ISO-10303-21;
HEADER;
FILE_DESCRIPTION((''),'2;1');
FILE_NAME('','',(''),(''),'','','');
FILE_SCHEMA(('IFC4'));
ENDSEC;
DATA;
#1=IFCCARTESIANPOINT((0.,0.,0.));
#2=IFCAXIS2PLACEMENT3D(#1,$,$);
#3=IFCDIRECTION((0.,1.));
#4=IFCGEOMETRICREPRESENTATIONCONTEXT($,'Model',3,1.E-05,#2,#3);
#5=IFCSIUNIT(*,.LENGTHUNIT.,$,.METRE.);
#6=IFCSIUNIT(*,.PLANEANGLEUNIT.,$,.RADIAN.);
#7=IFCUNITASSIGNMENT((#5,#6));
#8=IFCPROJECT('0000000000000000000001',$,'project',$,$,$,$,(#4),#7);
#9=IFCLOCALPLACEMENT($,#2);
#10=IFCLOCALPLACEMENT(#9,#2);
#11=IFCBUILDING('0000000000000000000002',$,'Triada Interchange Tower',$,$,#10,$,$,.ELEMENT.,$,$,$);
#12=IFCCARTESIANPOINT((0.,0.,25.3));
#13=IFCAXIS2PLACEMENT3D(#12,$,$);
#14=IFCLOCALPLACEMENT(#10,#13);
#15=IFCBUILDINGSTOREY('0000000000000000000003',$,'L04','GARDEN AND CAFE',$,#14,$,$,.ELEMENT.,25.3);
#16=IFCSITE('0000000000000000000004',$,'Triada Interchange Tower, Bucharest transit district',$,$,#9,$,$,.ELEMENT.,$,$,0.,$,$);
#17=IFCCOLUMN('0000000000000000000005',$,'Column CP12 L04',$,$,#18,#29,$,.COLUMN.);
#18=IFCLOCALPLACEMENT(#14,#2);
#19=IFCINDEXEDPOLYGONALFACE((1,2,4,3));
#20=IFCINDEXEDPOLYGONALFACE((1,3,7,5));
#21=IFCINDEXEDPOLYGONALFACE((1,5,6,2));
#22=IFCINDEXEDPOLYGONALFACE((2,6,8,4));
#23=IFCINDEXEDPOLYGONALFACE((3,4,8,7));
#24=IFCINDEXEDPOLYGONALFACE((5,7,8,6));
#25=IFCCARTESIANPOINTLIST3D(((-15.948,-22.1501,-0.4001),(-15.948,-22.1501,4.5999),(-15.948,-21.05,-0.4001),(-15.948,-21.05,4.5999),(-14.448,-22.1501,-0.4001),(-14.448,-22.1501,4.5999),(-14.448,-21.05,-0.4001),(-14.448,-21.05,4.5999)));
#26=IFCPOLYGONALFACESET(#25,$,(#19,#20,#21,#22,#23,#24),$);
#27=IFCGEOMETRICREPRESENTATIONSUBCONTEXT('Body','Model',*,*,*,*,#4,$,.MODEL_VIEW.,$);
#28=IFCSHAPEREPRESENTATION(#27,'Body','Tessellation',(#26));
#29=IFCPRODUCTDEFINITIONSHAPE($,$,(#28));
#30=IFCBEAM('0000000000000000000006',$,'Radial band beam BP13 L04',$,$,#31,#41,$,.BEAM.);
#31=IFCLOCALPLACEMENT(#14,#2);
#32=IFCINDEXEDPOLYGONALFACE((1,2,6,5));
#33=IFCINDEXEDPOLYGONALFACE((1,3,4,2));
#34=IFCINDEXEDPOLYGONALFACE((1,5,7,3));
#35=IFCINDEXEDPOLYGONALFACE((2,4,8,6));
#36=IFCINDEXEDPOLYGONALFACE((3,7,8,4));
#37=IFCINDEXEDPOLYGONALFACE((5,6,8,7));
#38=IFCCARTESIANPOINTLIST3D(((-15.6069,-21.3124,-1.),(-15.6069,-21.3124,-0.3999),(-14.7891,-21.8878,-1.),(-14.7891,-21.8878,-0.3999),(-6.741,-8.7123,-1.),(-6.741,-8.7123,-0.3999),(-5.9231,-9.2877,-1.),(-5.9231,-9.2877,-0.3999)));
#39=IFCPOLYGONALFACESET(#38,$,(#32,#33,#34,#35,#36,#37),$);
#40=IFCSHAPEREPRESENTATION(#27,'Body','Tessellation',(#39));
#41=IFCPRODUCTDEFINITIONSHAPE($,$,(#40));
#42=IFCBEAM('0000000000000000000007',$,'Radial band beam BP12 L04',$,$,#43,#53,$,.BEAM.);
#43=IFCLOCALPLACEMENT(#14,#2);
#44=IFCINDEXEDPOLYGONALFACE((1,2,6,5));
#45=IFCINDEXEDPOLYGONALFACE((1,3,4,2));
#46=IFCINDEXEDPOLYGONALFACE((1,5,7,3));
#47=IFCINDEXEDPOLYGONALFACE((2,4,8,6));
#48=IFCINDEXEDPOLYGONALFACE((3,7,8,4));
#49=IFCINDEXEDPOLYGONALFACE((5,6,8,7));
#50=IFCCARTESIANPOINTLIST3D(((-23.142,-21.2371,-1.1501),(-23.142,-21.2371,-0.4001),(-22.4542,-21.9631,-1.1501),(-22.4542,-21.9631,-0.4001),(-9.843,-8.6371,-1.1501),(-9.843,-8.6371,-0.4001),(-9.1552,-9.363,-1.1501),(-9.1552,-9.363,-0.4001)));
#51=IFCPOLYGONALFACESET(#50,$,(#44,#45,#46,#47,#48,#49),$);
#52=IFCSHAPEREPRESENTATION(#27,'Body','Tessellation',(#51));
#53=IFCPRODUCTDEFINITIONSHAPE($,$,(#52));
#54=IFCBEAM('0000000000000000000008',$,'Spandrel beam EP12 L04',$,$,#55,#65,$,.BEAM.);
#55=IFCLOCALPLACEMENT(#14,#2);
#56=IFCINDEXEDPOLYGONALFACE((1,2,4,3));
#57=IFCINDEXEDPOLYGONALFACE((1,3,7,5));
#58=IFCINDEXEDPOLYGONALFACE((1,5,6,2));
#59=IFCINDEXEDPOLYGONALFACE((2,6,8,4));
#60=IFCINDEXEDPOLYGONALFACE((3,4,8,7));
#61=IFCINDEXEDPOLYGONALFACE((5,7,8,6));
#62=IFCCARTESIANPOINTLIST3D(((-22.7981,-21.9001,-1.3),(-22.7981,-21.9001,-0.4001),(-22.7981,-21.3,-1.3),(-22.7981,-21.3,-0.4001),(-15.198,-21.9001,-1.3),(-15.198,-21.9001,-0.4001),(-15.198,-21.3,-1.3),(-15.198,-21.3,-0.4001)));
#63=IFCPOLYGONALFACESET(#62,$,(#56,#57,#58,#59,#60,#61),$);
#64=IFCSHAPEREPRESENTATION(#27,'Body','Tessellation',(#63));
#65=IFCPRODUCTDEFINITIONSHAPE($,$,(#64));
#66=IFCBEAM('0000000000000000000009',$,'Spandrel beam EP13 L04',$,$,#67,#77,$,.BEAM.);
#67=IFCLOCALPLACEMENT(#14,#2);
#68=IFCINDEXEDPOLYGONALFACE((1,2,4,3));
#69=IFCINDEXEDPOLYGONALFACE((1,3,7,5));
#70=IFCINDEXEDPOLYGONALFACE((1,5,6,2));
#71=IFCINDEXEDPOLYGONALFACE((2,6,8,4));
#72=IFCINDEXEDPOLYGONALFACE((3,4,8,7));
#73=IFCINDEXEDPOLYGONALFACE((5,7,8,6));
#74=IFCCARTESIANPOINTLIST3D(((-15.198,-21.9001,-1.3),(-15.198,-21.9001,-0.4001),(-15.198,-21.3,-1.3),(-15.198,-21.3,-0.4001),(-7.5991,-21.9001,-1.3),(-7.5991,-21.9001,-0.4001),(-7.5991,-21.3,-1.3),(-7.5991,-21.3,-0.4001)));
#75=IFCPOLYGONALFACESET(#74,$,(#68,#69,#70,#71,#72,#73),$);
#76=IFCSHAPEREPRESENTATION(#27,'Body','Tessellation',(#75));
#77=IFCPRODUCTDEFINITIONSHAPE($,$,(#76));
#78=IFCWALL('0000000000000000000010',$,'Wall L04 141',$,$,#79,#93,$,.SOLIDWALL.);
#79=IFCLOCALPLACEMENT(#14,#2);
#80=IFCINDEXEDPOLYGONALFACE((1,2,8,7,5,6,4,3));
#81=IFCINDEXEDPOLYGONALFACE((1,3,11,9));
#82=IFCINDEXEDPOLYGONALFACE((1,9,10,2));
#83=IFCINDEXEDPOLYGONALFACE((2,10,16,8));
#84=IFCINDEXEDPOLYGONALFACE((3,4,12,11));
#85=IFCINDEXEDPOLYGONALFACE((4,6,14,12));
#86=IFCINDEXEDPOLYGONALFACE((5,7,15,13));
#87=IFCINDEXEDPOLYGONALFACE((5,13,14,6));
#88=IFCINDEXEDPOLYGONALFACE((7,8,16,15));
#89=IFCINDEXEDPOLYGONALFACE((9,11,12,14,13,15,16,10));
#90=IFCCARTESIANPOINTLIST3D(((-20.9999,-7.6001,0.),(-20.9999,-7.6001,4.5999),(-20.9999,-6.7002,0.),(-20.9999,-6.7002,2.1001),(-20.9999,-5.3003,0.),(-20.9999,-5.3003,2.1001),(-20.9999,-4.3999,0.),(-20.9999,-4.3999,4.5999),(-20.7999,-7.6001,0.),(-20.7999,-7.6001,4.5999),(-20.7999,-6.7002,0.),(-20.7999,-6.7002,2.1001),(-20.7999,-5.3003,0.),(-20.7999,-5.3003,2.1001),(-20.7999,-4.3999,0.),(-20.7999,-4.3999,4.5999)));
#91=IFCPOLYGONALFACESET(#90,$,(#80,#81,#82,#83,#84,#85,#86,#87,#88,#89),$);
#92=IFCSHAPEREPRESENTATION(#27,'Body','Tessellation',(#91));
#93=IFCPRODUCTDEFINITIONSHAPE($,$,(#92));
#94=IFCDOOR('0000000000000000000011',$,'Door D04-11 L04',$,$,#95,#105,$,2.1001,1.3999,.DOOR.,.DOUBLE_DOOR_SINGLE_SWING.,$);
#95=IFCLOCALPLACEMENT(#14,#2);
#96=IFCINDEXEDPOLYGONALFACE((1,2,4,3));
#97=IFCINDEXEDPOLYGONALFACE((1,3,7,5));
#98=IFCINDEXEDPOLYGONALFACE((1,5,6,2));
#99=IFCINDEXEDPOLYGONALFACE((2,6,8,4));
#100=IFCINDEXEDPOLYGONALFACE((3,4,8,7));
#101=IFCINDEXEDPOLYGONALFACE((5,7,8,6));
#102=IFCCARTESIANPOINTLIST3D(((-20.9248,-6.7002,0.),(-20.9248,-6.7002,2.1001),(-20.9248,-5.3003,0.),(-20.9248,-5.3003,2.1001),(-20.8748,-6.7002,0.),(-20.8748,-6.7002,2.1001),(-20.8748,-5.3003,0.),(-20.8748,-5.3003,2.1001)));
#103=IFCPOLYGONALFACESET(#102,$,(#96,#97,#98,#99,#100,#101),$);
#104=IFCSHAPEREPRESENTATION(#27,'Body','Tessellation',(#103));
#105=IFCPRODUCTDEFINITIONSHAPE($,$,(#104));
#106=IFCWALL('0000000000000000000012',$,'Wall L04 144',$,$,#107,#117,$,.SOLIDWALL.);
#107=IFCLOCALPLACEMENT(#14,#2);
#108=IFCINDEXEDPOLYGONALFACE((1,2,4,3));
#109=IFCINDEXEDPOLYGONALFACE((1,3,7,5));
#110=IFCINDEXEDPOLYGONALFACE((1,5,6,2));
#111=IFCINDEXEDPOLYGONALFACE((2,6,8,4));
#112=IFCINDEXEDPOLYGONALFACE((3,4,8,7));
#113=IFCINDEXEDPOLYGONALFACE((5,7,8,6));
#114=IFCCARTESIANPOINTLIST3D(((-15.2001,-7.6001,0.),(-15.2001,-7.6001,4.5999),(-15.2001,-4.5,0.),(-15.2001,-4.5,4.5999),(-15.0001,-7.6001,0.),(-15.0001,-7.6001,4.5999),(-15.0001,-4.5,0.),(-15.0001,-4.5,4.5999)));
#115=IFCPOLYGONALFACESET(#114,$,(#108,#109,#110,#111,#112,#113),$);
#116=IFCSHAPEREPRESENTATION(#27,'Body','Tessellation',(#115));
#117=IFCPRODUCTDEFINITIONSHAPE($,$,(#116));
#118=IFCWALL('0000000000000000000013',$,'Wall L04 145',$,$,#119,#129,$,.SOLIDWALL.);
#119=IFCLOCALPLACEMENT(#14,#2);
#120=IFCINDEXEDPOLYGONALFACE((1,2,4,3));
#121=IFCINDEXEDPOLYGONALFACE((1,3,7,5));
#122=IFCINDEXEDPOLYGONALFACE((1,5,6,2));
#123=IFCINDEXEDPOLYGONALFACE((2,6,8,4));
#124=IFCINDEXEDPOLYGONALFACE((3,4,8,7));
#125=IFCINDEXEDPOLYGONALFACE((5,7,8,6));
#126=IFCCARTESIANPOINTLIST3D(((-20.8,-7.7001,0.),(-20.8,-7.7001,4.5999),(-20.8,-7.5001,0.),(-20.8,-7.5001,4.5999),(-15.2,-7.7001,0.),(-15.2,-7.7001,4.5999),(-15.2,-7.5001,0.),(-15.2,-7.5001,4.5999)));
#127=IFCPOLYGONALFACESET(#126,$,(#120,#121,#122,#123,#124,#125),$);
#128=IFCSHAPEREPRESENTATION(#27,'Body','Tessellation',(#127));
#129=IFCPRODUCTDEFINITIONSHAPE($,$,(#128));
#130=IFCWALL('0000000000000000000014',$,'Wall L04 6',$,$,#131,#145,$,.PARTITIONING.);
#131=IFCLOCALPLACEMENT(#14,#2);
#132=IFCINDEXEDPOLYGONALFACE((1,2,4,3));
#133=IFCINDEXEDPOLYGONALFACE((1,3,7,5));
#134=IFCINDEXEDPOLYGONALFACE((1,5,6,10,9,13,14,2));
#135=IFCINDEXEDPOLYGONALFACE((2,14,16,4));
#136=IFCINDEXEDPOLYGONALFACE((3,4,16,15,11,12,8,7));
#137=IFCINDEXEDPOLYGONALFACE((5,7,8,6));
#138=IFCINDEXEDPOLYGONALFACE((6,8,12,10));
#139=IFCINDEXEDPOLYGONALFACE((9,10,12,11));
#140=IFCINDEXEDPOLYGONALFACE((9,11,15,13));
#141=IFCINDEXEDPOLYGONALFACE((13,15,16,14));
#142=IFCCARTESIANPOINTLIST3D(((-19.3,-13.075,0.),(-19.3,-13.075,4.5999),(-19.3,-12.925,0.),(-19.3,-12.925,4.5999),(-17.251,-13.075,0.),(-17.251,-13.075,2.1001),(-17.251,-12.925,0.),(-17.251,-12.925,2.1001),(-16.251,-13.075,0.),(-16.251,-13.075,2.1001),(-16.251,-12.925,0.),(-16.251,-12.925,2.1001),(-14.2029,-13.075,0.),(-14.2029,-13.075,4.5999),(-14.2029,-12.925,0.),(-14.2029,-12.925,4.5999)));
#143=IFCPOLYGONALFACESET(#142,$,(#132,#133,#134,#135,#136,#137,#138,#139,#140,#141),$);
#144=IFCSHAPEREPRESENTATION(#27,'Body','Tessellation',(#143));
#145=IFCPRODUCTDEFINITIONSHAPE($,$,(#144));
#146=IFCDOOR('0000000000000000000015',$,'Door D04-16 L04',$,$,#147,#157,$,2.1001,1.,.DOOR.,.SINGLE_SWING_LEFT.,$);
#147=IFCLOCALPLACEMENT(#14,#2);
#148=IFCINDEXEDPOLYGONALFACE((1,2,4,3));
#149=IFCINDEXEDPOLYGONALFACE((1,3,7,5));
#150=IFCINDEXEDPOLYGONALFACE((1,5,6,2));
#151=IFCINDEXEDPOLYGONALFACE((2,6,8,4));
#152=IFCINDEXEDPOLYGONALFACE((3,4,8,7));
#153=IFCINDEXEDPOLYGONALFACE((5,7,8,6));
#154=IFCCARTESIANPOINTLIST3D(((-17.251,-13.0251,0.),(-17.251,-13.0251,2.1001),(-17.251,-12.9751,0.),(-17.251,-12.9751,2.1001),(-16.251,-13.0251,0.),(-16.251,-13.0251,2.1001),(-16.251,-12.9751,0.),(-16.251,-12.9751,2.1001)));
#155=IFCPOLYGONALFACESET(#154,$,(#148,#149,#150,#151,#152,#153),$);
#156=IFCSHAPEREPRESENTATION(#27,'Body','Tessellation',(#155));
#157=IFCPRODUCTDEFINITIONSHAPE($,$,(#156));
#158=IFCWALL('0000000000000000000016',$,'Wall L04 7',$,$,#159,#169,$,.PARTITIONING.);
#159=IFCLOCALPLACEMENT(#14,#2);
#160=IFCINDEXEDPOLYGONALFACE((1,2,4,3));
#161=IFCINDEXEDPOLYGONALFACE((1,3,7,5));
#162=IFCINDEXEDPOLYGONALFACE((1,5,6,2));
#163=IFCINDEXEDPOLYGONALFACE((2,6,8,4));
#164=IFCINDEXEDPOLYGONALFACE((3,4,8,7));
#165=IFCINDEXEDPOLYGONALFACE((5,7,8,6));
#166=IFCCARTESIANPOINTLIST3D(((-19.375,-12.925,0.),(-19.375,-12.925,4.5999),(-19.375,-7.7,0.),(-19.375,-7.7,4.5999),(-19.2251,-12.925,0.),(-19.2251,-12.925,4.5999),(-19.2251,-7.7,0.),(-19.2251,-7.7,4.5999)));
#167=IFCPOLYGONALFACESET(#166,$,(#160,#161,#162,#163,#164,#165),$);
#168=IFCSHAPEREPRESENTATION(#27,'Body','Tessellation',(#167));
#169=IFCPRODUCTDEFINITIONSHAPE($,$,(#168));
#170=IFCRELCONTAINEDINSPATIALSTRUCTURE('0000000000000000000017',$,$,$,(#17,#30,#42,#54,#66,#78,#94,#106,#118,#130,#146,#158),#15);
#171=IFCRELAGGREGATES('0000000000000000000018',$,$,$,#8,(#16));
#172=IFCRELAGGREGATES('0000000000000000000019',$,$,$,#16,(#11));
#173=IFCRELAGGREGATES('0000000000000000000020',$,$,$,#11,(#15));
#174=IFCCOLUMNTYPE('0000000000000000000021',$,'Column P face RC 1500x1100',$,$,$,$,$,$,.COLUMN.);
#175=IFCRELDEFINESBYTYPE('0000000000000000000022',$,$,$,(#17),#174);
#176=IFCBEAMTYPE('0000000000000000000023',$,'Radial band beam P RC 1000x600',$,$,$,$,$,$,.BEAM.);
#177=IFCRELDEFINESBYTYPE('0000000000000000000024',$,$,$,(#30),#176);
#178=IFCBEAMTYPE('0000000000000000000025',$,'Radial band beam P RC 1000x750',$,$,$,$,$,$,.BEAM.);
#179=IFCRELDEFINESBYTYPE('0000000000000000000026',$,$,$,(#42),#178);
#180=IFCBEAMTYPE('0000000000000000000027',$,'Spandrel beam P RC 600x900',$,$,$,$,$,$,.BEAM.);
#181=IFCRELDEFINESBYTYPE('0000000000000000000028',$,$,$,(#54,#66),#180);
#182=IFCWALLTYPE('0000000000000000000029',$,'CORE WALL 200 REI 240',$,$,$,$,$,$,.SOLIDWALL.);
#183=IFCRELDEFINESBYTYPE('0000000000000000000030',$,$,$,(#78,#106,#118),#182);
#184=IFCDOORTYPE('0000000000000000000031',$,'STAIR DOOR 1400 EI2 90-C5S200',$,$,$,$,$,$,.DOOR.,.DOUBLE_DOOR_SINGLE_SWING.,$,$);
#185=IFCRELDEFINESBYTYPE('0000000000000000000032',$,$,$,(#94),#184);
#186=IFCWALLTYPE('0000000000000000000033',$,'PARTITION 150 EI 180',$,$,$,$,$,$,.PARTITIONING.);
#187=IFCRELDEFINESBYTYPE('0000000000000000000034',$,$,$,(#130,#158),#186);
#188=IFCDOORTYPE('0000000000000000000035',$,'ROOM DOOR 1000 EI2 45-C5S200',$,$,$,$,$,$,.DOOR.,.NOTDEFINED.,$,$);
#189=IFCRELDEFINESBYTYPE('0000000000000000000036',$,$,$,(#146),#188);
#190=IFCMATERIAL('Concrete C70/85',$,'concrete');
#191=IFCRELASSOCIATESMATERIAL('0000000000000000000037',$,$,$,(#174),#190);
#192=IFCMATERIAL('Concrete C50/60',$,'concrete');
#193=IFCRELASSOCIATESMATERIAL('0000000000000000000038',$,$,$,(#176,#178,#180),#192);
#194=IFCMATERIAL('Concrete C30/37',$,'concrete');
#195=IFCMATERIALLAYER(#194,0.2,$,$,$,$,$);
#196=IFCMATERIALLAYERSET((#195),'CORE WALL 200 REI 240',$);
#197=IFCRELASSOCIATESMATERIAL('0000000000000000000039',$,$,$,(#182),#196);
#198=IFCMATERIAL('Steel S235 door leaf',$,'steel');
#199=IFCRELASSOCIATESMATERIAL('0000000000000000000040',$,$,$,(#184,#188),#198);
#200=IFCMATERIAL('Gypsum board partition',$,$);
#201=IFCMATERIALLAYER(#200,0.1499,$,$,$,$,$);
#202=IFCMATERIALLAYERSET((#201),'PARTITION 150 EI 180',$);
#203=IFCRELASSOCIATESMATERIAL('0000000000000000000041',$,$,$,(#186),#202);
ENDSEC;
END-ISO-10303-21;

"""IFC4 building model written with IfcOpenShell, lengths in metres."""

from ifc_helpers import new_model, si_unit, direction, frame, frame_2d, origin, origin_2d, place, context, subcontext, project, spatial, rectangle, extrude, material, layer, layer_set, material_profile, profile_set, type_object, element, fill, save


model = new_model("IFC4")

# Units and contexts
model_context = context("Model", 3, precision=1e-05, world=origin(), true_north=direction((0.0, 1.0)))
body_context = subcontext(model_context, "Body", "Model", "MODEL_VIEW")
ifc_project = project(units=[si_unit("LENGTHUNIT", "METRE"), si_unit("PLANEANGLEUNIT", "RADIAN")], contexts=[model_context])

# Site, building, storey
site_placement = place(None, origin())
site = spatial("IfcSite", under=ifc_project, at=site_placement, Name="Triada Interchange Tower, Bucharest transit district", CompositionType="ELEMENT", RefElevation=0.0)
building_placement = place(site_placement, origin())
building = spatial("IfcBuilding", under=site, at=building_placement, Name="Triada Interchange Tower", CompositionType="ELEMENT")
storey_placement = place(building_placement, frame((0.0, 0.0, 25.3)))
storey = spatial("IfcBuildingStorey", under=building, at=storey_placement, Name="L04", Description="GARDEN AND CAFE", CompositionType="ELEMENT", Elevation=25.3)

# Column
ifc_material_1 = material(Name="Concrete C70/85", Category="concrete")
ifc_material_profile_1 = material_profile(ifc_material_1, rectangle(XDim=1.5, YDim=1.1001, at=origin_2d()), Name="RC 1500x1100")
ifc_profile_set_1 = profile_set([ifc_material_profile_1], Name="Concrete C70/85")
column_type = type_object("IfcColumnType", Name="Column P face RC 1500x1100", PredefinedType="COLUMN", material=ifc_profile_set_1)
column_placement = place(storey_placement, frame((-15.198, -21.6001, -0.4001), z_axis=(0.0, 0.0, 1.0), x_axis=(1.0, 0.0, 0.0)))
element("IfcColumn", 1, at=column_placement, inside=storey, type_object=column_type, Name="Column CP12 L04", PredefinedType="COLUMN", context=body_context, shape_type="SweptSolid", body=[
    extrude(rectangle(XDim=1.5, YDim=1.1001, at=origin_2d()), origin(), (0.0, 0.0, 1.0), 5.0),
])

# Beams
ifc_material_2 = material(Name="Concrete C50/60", Category="concrete")
ifc_material_profile_2 = material_profile(ifc_material_2, rectangle(XDim=1.0, YDim=0.6001, at=origin_2d()), Name="RC 1000x600")
ifc_profile_set_2 = profile_set([ifc_material_profile_2], Name="Concrete C50/60")
beam_type_1 = type_object("IfcBeamType", Name="Radial band beam P RC 1000x600", PredefinedType="BEAM", material=ifc_profile_set_2)
beam_1_placement = place(storey_placement, frame((-15.198, -21.6001, -0.7), z_axis=(0.57546, 0.81783, 0.0), x_axis=(-0.81783, 0.57546, 0.0)))
element("IfcBeam", 2, at=beam_1_placement, inside=storey, type_object=beam_type_1, Name="Radial band beam BP13 L04", PredefinedType="BEAM", context=body_context, shape_type="SweptSolid", body=[
    extrude(rectangle(XDim=1.0, YDim=0.6001, at=origin_2d()), origin(), (0.0, 0.0, 1.0), 15.4067),
])
ifc_material_profile_3 = material_profile(ifc_material_2, rectangle(XDim=1.0, YDim=0.75, at=origin_2d()), Name="RC 1000x750")
ifc_profile_set_3 = profile_set([ifc_material_profile_3], Name="Concrete C50/60")
beam_type_2 = type_object("IfcBeamType", Name="Radial band beam P RC 1000x750", PredefinedType="BEAM", material=ifc_profile_set_3)
beam_2_placement = place(storey_placement, frame((-22.7981, -21.6001, -0.7751), z_axis=(0.725926, 0.687773, 0.0), x_axis=(-0.687773, 0.725926, 0.0)))
element("IfcBeam", 3, at=beam_2_placement, inside=storey, type_object=beam_type_2, Name="Radial band beam BP12 L04", PredefinedType="BEAM", context=body_context, shape_type="SweptSolid", body=[
    extrude(rectangle(XDim=1.0, YDim=0.75, at=origin_2d()), origin(), (0.0, 0.0, 1.0), 18.3201),
])
ifc_material_profile_4 = material_profile(ifc_material_2, rectangle(XDim=0.6001, YDim=0.8999, at=origin_2d()), Name="RC 600x900")
ifc_profile_set_4 = profile_set([ifc_material_profile_4], Name="Concrete C50/60")
beam_type_3 = type_object("IfcBeamType", Name="Spandrel beam P RC 600x900", PredefinedType="BEAM", material=ifc_profile_set_4)
beam_3_placement = place(storey_placement, frame((-22.7981, -21.6001, -0.8501), z_axis=(1.0, 0.0, 0.0), x_axis=(0.0, 1.0, 0.0)))
element("IfcBeam", 4, at=beam_3_placement, inside=storey, type_object=beam_type_3, Name="Spandrel beam EP12 L04", PredefinedType="BEAM", context=body_context, shape_type="SweptSolid", body=[
    extrude(rectangle(XDim=0.6001, YDim=0.8999, at=origin_2d()), origin(), (0.0, 0.0, 1.0), 7.6001),
])
beam_4_placement = place(storey_placement, frame((-15.198, -21.6001, -0.8501), z_axis=(1.0, 0.0, 0.0), x_axis=(0.0, 1.0, 0.0)))
element("IfcBeam", 5, at=beam_4_placement, inside=storey, type_object=beam_type_3, Name="Spandrel beam EP13 L04", PredefinedType="BEAM", context=body_context, shape_type="SweptSolid", body=[
    extrude(rectangle(XDim=0.6001, YDim=0.8999, at=origin_2d()), origin(), (0.0, 0.0, 1.0), 7.5989),
])

# Wall, opening, door
ifc_material_3 = material(Name="Concrete C30/37", Category="concrete")
ifc_layer_1 = layer(ifc_material_3, 0.2)
ifc_layer_set_1 = layer_set([ifc_layer_1], Name="CORE WALL 200 REI 240")
wall_type_1 = type_object("IfcWallType", Name="CORE WALL 200 REI 240", PredefinedType="SOLIDWALL", material=ifc_layer_set_1)
wall_1_placement = place(storey_placement, frame((-20.8999, -7.6001, 0.0), z_axis=(0.0, 0.0, 1.0), x_axis=(0.0, 1.0, 0.0)))
wall_1 = element("IfcWall", 6, at=wall_1_placement, inside=storey, type_object=wall_type_1, Name="Wall L04 141", PredefinedType="SOLIDWALL", context=body_context, shape_type="SweptSolid", body=[
    extrude(rectangle(XDim=3.2002, YDim=0.2, at=frame_2d((1.6001, 0.0))), origin(), (0.0, 0.0, 1.0), 4.5999),
])
opening_1_placement = place(wall_1_placement, frame((0.8999, 0.0, 0.0)))
opening_1 = element("IfcOpeningElement", 7, at=opening_1_placement, cuts=wall_1, PredefinedType="OPENING", context=body_context, shape_type="SweptSolid", body=[
    extrude(rectangle(XDim=1.3999, YDim=2.1001, at=frame_2d((0.7, 1.05))), frame((0.0, 0.1099, 0.0), z_axis=(0.0, -1.0, 0.0), x_axis=(1.0, 0.0, 0.0)), (0.0, 0.0, 1.0), 0.22),
])
ifc_material_4 = material(Name="Steel S235 door leaf", Category="steel")
door_type_1 = type_object("IfcDoorType", Name="STAIR DOOR 1400 EI2 90-C5S200", OperationType="DOUBLE_DOOR_SINGLE_SWING", PredefinedType="DOOR", material=ifc_material_4)
door_1_placement = place(opening_1_placement, origin())
door_1 = element("IfcDoor", 8, at=door_1_placement, inside=storey, type_object=door_type_1, Name="Door D04-11 L04", OperationType="DOUBLE_DOOR_SINGLE_SWING", OverallHeight=2.1001, OverallWidth=1.3999, PredefinedType="DOOR", context=body_context, shape_type="SweptSolid", body=[
    extrude(rectangle(XDim=1.3999, YDim=2.1001, at=frame_2d((0.7, 1.05))), frame((0.0, 0.0249, 0.0), z_axis=(0.0, -1.0, 0.0), x_axis=(1.0, 0.0, 0.0)), (0.0, 0.0, 1.0), 0.05),
])
fill(opening_1, door_1)

# Walls
wall_2_placement = place(storey_placement, frame((-15.1001, -7.6001, 0.0), z_axis=(0.0, 0.0, 1.0), x_axis=(0.0, 1.0, 0.0)))
element("IfcWall", 9, at=wall_2_placement, inside=storey, type_object=wall_type_1, Name="Wall L04 144", PredefinedType="SOLIDWALL", context=body_context, shape_type="SweptSolid", body=[
    extrude(rectangle(XDim=3.1001, YDim=0.2, at=frame_2d((1.55, 0.0))), origin(), (0.0, 0.0, 1.0), 4.5999),
])
wall_3_placement = place(storey_placement, frame((-20.8, -7.6001, 0.0), z_axis=(0.0, 0.0, 1.0), x_axis=(1.0, 0.0, 0.0)))
element("IfcWall", 10, at=wall_3_placement, inside=storey, type_object=wall_type_1, Name="Wall L04 145", PredefinedType="SOLIDWALL", context=body_context, shape_type="SweptSolid", body=[
    extrude(rectangle(XDim=5.6001, YDim=0.2, at=frame_2d((2.8, 0.0))), origin(), (0.0, 0.0, 1.0), 4.5999),
])

# Wall, opening, door
ifc_material_5 = material(Name="Gypsum board partition")
ifc_layer_2 = layer(ifc_material_5, 0.1499)
ifc_layer_set_2 = layer_set([ifc_layer_2], Name="PARTITION 150 EI 180")
wall_type_2 = type_object("IfcWallType", Name="PARTITION 150 EI 180", PredefinedType="PARTITIONING", material=ifc_layer_set_2)
wall_4_placement = place(storey_placement, frame((-19.3, -13.0, 0.0), z_axis=(0.0, 0.0, 1.0), x_axis=(1.0, 0.0, 0.0)))
wall_4 = element("IfcWall", 11, at=wall_4_placement, inside=storey, type_object=wall_type_2, Name="Wall L04 6", PredefinedType="PARTITIONING", context=body_context, shape_type="SweptSolid", body=[
    extrude(rectangle(XDim=5.0972, YDim=0.1499, at=frame_2d((2.5486, 0.0))), origin(), (0.0, 0.0, 1.0), 4.5999),
])
opening_2_placement = place(wall_4_placement, frame((2.0491, 0.0, 0.0)))
opening_2 = element("IfcOpeningElement", 12, at=opening_2_placement, cuts=wall_4, PredefinedType="OPENING", context=body_context, shape_type="SweptSolid", body=[
    extrude(rectangle(XDim=1.0, YDim=2.1001, at=frame_2d((0.5, 1.05))), frame((0.0, 0.085, 0.0), z_axis=(0.0, -1.0, 0.0), x_axis=(1.0, 0.0, 0.0)), (0.0, 0.0, 1.0), 0.1699),
])
door_type_2 = type_object("IfcDoorType", Name="ROOM DOOR 1000 EI2 45-C5S200", OperationType="NOTDEFINED", PredefinedType="DOOR", material=ifc_material_4)
door_2_placement = place(opening_2_placement, origin())
door_2 = element("IfcDoor", 13, at=door_2_placement, inside=storey, type_object=door_type_2, Name="Door D04-16 L04", OperationType="SINGLE_SWING_LEFT", OverallHeight=2.1001, OverallWidth=1.0, PredefinedType="DOOR", context=body_context, shape_type="SweptSolid", body=[
    extrude(rectangle(XDim=1.0, YDim=2.1001, at=frame_2d((0.5, 1.05))), frame((0.0, 0.0249, 0.0), z_axis=(0.0, -1.0, 0.0), x_axis=(1.0, 0.0, 0.0)), (0.0, 0.0, 1.0), 0.05),
])
fill(opening_2, door_2)

# Wall
wall_5_placement = place(storey_placement, frame((-19.3, -12.925, 0.0), z_axis=(0.0, 0.0, 1.0), x_axis=(0.0, 1.0, 0.0)))
element("IfcWall", 14, at=wall_5_placement, inside=storey, type_object=wall_type_2, Name="Wall L04 7", PredefinedType="PARTITIONING", context=body_context, shape_type="SweptSolid", body=[
    extrude(rectangle(XDim=5.2251, YDim=0.1499, at=frame_2d((2.6125, 0.0))), origin(), (0.0, 0.0, 1.0), 4.5999),
])

save(model, "model.ifc")
